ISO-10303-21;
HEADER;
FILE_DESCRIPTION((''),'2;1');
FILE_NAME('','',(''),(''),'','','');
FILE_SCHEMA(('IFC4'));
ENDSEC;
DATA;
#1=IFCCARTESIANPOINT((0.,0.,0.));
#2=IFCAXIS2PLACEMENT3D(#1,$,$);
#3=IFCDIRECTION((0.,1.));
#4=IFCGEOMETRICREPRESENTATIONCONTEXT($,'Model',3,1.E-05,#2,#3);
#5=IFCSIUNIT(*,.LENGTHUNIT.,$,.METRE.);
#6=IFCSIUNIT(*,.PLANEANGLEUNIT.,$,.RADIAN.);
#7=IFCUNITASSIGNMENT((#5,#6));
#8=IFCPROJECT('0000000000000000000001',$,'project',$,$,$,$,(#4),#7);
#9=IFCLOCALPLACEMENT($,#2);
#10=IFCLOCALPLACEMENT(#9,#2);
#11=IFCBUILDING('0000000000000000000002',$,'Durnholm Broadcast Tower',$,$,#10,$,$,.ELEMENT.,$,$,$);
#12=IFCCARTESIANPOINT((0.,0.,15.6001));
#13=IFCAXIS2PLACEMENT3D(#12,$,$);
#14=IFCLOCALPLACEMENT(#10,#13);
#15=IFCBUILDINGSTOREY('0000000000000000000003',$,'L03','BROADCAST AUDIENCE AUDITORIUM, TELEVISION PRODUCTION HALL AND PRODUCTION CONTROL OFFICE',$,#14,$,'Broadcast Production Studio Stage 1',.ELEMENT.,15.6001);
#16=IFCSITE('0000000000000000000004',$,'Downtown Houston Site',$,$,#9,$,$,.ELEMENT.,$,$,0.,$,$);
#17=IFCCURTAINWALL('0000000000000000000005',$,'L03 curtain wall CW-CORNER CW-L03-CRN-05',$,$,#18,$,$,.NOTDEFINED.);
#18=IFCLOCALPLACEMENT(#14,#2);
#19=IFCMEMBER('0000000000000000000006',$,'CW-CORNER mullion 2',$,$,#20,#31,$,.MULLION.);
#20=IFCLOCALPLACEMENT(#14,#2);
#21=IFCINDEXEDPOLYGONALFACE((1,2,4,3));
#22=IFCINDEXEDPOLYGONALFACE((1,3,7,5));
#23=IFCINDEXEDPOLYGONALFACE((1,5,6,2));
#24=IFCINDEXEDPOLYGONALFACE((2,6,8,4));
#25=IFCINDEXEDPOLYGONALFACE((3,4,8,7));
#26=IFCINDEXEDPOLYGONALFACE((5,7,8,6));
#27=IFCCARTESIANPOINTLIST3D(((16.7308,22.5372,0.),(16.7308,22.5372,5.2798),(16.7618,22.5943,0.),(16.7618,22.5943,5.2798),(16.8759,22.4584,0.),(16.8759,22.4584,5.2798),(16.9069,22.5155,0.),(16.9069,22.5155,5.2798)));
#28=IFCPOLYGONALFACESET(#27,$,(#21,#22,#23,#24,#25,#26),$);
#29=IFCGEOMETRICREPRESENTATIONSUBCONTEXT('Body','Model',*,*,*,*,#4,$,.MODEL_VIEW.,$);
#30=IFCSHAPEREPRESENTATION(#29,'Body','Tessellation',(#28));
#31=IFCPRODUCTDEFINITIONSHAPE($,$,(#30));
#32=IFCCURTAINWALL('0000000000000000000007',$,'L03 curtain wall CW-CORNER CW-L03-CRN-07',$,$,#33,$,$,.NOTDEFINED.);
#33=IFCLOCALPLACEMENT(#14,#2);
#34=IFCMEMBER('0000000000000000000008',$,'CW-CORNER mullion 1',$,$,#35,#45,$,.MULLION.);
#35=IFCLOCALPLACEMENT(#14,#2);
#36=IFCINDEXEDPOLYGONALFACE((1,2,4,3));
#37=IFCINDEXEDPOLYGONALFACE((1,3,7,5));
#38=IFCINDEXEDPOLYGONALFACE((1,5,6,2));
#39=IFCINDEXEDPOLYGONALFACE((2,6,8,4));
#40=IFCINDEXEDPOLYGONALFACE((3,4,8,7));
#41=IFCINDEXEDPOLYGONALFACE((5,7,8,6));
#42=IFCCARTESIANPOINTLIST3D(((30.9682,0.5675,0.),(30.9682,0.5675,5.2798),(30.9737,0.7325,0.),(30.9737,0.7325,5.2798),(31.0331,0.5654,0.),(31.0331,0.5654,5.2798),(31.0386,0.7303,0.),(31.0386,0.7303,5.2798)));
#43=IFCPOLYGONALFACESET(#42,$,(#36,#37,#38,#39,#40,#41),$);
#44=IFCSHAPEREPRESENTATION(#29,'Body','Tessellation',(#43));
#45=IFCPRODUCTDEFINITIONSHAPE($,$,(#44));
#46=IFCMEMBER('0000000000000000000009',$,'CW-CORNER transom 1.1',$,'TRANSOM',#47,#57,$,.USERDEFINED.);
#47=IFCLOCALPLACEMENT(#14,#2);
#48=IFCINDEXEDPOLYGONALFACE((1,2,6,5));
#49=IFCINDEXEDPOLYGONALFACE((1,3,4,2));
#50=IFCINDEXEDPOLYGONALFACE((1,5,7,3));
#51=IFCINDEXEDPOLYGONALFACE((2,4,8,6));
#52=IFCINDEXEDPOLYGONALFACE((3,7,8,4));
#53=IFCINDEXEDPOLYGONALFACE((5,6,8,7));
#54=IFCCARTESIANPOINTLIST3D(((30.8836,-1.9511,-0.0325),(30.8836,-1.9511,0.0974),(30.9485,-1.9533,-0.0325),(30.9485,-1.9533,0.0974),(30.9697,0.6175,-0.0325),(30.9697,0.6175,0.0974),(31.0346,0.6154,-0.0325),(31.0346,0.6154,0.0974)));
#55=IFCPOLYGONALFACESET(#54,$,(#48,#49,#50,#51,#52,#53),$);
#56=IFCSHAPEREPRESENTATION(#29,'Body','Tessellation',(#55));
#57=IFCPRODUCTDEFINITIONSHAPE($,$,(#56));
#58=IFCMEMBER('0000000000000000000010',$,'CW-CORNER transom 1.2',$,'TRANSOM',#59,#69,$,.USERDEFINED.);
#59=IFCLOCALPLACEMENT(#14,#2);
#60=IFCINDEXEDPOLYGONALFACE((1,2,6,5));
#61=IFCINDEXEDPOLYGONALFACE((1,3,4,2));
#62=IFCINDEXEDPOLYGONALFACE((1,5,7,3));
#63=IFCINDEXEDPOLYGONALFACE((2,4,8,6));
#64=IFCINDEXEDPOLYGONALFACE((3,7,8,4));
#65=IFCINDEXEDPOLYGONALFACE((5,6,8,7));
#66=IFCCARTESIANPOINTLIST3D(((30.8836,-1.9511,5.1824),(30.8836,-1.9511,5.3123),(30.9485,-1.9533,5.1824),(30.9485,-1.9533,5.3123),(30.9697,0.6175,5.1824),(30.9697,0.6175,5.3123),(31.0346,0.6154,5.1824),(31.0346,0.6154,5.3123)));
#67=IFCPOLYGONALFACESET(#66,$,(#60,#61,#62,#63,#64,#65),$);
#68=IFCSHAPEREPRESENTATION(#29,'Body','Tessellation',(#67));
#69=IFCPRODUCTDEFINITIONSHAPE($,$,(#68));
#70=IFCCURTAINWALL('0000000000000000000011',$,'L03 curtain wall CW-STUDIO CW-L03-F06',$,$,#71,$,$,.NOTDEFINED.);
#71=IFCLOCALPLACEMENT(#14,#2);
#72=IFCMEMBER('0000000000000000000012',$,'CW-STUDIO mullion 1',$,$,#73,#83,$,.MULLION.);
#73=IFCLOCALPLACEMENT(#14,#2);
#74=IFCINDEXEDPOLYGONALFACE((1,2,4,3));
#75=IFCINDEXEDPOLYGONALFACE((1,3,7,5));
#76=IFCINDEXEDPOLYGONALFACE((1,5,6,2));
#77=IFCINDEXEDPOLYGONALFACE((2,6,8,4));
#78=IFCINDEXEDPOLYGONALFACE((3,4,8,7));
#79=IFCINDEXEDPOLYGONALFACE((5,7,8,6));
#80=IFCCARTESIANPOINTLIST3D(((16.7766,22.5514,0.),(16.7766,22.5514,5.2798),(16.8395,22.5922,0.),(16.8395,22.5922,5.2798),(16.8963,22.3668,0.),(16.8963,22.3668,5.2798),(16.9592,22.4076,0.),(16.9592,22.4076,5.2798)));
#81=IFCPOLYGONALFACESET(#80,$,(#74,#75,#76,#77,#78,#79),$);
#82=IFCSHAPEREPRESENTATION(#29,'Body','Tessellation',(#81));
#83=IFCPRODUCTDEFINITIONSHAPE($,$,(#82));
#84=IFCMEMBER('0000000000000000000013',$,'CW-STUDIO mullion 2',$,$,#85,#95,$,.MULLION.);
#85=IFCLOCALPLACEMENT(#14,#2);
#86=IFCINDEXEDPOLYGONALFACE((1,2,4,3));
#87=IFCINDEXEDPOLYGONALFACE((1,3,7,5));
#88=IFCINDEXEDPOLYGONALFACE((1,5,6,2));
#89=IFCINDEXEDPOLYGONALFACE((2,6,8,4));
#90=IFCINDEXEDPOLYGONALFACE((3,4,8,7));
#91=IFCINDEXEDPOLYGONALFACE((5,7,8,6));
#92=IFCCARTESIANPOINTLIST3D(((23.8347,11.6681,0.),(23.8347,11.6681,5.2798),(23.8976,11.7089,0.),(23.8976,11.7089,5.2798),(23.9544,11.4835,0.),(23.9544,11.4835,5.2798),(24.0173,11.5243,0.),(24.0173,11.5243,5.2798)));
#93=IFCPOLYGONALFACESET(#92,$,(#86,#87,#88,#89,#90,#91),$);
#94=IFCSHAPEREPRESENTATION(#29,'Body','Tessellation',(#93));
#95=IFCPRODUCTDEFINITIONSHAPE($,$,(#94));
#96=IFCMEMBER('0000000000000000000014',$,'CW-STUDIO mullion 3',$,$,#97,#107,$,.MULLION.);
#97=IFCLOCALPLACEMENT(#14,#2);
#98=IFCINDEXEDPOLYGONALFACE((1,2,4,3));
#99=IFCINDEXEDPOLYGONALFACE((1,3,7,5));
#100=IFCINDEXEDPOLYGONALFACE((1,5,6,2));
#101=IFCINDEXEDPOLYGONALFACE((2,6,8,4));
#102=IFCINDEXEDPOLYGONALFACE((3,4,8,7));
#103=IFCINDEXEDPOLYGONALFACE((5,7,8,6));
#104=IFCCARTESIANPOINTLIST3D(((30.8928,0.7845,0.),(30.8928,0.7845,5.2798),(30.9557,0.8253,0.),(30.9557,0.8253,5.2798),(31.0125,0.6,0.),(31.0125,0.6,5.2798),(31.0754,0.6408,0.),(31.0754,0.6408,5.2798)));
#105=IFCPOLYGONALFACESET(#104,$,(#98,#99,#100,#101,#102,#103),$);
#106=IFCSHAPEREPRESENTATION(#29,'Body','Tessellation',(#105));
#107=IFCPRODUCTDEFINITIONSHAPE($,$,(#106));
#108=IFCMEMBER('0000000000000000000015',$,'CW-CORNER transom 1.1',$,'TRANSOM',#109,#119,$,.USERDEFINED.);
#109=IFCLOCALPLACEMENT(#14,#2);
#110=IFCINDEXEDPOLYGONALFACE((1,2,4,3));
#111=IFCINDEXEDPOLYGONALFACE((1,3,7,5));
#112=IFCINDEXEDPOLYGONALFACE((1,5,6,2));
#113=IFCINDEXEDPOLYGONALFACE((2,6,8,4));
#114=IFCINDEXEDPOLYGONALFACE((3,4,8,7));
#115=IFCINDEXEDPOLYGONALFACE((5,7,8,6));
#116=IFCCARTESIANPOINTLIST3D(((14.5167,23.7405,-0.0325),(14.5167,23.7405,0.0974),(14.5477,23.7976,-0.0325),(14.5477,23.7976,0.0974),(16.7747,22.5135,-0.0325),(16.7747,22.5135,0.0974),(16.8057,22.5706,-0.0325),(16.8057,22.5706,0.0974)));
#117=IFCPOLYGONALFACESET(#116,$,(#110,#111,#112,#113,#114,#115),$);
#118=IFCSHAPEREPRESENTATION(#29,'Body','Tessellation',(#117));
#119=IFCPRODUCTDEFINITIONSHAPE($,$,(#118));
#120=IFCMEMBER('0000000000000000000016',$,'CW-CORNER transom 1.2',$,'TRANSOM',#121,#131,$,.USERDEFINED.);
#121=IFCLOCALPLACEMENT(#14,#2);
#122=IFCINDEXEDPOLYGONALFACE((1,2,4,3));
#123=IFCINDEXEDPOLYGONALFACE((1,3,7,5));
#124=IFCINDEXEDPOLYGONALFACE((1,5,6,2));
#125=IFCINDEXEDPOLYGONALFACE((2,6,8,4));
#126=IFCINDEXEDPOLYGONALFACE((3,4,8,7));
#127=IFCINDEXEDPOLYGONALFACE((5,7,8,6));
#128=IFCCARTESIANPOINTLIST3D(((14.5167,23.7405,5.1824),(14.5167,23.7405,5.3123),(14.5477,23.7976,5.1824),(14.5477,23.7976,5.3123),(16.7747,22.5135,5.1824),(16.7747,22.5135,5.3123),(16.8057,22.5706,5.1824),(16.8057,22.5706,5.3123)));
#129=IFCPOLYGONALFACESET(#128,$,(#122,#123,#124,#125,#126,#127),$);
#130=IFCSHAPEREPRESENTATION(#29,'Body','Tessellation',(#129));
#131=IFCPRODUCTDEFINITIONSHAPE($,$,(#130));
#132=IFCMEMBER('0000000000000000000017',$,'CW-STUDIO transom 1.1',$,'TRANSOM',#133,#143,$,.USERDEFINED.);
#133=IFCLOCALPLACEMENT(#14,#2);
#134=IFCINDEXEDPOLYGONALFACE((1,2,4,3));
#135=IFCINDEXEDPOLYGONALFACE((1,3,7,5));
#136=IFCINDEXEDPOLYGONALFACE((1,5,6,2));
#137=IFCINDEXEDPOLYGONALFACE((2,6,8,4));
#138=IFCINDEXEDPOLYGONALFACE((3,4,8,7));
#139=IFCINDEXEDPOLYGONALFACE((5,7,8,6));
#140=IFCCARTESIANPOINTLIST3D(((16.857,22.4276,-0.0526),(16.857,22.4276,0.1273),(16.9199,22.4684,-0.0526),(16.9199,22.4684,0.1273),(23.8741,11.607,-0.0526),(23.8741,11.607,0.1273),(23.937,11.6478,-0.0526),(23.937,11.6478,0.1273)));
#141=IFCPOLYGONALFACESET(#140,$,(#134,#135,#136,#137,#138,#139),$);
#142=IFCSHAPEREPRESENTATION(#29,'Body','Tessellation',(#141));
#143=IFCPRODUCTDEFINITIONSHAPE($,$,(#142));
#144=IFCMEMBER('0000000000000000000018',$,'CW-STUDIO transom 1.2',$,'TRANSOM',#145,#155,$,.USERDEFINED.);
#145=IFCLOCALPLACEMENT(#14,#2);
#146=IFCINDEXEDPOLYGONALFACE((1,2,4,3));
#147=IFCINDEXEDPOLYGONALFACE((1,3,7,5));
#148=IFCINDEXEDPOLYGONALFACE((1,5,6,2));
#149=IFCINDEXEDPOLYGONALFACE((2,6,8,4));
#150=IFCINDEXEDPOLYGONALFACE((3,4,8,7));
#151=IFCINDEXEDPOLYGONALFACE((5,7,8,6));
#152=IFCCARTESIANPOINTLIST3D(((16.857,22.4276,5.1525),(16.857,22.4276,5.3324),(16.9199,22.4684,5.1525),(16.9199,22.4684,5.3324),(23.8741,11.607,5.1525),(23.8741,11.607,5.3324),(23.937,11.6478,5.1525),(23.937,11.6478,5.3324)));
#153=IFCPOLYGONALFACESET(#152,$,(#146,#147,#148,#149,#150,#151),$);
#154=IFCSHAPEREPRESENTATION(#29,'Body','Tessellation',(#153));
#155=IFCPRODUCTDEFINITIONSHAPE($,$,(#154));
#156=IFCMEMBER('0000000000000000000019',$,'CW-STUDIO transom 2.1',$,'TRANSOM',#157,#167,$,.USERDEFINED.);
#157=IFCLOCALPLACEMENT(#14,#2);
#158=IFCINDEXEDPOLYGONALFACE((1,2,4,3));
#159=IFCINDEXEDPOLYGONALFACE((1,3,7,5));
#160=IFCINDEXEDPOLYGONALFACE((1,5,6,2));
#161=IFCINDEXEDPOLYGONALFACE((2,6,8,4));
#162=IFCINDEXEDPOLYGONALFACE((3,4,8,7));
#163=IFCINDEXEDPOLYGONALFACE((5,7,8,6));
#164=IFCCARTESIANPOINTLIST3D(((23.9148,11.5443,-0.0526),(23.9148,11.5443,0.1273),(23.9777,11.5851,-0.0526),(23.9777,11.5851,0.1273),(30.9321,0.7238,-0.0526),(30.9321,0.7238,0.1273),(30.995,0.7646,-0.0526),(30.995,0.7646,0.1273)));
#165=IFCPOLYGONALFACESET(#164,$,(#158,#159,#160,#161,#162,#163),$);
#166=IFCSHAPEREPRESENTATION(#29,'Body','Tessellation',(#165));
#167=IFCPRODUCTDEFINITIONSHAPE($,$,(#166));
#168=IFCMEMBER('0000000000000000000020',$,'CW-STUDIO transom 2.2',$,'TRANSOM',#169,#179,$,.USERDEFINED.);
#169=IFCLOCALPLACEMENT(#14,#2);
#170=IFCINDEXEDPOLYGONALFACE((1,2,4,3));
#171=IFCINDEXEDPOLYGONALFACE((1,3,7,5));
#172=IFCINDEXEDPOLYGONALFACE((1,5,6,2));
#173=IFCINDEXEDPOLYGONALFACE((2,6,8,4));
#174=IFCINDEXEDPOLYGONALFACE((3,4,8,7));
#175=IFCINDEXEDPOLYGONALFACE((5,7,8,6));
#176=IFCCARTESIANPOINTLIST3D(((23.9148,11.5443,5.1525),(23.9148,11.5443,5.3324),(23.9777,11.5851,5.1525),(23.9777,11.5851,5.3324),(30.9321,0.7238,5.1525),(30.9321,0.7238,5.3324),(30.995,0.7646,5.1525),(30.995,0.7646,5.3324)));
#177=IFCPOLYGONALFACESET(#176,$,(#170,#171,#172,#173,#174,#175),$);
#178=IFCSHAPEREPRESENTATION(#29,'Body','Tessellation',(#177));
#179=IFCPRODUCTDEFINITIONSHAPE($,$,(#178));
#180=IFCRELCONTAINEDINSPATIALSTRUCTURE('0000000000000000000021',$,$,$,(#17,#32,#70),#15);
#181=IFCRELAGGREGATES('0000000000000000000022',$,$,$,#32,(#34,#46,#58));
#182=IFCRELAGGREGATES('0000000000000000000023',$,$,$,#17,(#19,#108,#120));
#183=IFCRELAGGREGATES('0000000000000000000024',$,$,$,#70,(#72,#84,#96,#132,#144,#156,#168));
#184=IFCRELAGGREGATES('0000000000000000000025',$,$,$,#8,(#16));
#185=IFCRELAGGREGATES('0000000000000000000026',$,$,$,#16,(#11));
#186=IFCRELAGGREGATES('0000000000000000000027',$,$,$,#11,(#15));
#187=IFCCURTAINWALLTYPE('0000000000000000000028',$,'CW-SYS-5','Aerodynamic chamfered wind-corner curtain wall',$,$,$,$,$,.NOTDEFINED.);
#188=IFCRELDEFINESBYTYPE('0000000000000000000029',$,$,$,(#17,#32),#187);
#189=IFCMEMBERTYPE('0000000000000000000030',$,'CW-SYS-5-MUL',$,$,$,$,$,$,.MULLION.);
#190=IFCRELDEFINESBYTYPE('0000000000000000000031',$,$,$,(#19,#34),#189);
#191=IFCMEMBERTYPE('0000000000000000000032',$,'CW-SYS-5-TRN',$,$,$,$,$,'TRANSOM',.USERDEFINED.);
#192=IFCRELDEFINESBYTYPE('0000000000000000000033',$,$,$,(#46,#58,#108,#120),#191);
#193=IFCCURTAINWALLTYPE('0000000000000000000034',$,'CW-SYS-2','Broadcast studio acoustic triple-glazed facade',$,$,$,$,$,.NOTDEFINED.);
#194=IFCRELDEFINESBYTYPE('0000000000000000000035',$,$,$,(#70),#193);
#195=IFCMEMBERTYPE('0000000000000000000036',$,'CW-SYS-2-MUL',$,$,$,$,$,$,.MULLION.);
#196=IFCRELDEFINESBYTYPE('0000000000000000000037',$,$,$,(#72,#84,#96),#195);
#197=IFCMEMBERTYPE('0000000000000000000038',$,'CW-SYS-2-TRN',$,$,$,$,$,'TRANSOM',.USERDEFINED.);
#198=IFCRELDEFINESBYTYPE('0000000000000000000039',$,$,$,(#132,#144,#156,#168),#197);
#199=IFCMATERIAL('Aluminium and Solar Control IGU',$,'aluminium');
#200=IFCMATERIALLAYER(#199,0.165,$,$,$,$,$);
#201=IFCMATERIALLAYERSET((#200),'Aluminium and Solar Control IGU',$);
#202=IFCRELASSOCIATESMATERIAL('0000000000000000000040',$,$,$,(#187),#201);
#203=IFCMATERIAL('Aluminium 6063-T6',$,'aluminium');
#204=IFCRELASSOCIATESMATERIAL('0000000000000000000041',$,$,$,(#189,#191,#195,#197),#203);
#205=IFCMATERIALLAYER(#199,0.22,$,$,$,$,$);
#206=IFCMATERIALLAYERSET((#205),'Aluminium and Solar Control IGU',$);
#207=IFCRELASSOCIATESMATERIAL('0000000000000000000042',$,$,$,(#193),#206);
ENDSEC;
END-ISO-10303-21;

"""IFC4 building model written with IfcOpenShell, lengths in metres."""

from ifc_helpers import new_model, si_unit, direction, frame, origin, origin_2d, place, context, subcontext, project, spatial, rectangle, extrude, source, transform, mapped, material, layer, layer_set, material_profile, profile_set, type_object, type_shapes, element, aggregate, save


model = new_model("IFC4")

# Units and contexts
model_context = context("Model", 3, precision=1e-05, world=origin(), true_north=direction((0.0, 1.0)))
body_context = subcontext(model_context, "Body", "Model", "MODEL_VIEW")
ifc_project = project(units=[si_unit("LENGTHUNIT", "METRE"), si_unit("PLANEANGLEUNIT", "RADIAN")], contexts=[model_context])

# Site, building, storey
site_placement = place(None, origin())
site = spatial("IfcSite", under=ifc_project, at=site_placement, Name="Downtown Houston Site", CompositionType="ELEMENT", RefElevation=0.0)
building_placement = place(site_placement, origin())
building = spatial("IfcBuilding", under=site, at=building_placement, Name="Durnholm Broadcast Tower", CompositionType="ELEMENT")
storey_placement = place(building_placement, frame((0.0, 0.0, 15.6001)))
storey = spatial("IfcBuildingStorey", under=building, at=storey_placement, Name="L03", Description="BROADCAST AUDIENCE AUDITORIUM, TELEVISION PRODUCTION HALL AND PRODUCTION CONTROL OFFICE", LongName="Broadcast Production Studio Stage 1", CompositionType="ELEMENT", Elevation=15.6001)

# Curtain walls, members
ifc_material_1 = material(Name="Aluminium and Solar Control IGU", Category="aluminium")
ifc_layer_1 = layer(ifc_material_1, 0.165)
ifc_layer_set_1 = layer_set([ifc_layer_1], Name="Aluminium and Solar Control IGU")
curtain_wall_type_1 = type_object("IfcCurtainWallType", Name="CW-SYS-5", Description="Aerodynamic chamfered wind-corner curtain wall", PredefinedType="NOTDEFINED", material=ifc_layer_set_1)
curtain_wall_1_placement = place(storey_placement, origin())
curtain_wall_1 = element("IfcCurtainWall", 1, at=curtain_wall_1_placement, inside=storey, type_object=curtain_wall_type_1, Name="L03 curtain wall CW-CORNER CW-L03-CRN-05", PredefinedType="NOTDEFINED")
ifc_material_2 = material(Name="Aluminium 6063-T6", Category="aluminium")
ifc_material_profile_1 = material_profile(ifc_material_2, rectangle(XDim=0.0649, YDim=0.165, at=origin_2d()), Name="CWM65X165")
ifc_profile_set_1 = profile_set([ifc_material_profile_1], Name="Aluminium 6063-T6")
member_type_1 = type_object("IfcMemberType", Name="CW-SYS-5-MUL", PredefinedType="MULLION", material=ifc_profile_set_1)
shared_shape_1 = source(origin(), body_context, "Body", "SweptSolid", [
    extrude(rectangle(XDim=0.0649, YDim=0.165, at=origin_2d()), origin(), (0.0, 0.0, 1.0), 5.2798),
])
type_shapes(member_type_1, [shared_shape_1])
member_1_placement = place(storey_placement, frame((16.8188, 22.5264, 0.0), z_axis=(0.0, 0.0, 1.0), x_axis=(0.477442, 0.878663, 0.0)))
member_1 = element("IfcMember", 2, at=member_1_placement, type_object=member_type_1, Name="CW-CORNER mullion 2", PredefinedType="MULLION", context=body_context, shape_type="MappedRepresentation", body=[
    mapped(shared_shape_1, transform((0.0, 0.0, 0.0), x_axis=(1.0, 0.0, 0.0), y_axis=(0.0, 1.0, 0.0), z_axis=(0.0, 0.0, 1.0), scale=1.0)),
])
curtain_wall_2_placement = place(storey_placement, origin())
curtain_wall_2 = element("IfcCurtainWall", 3, at=curtain_wall_2_placement, inside=storey, type_object=curtain_wall_type_1, Name="L03 curtain wall CW-CORNER CW-L03-CRN-07", PredefinedType="NOTDEFINED")
member_2_placement = place(storey_placement, frame((31.0034, 0.6489, 0.0), z_axis=(0.0, 0.0, 1.0), x_axis=(0.999437, -0.033557, 0.0)))
member_2 = element("IfcMember", 4, at=member_2_placement, type_object=member_type_1, Name="CW-CORNER mullion 1", PredefinedType="MULLION", context=body_context, shape_type="MappedRepresentation", body=[
    mapped(shared_shape_1, transform((0.0, 0.0, 0.0), x_axis=(1.0, 0.0, 0.0), y_axis=(0.0, 1.0, 0.0), z_axis=(0.0, 0.0, 1.0), scale=1.0)),
])
ifc_material_profile_2 = material_profile(ifc_material_2, rectangle(XDim=0.0649, YDim=0.1299, at=origin_2d()), Name="CWT65X130")
ifc_profile_set_2 = profile_set([ifc_material_profile_2], Name="Aluminium 6063-T6")
member_type_2 = type_object("IfcMemberType", Name="CW-SYS-5-TRN", ElementType="TRANSOM", PredefinedType="USERDEFINED", material=ifc_profile_set_2)
shared_shape_2 = source(origin(), body_context, "Body", "SweptSolid", [
    extrude(rectangle(XDim=0.0649, YDim=0.1299, at=origin_2d()), origin(), (0.0, 0.0, 1.0), 2.5701),
])
member_3_placement = place(storey_placement, frame((31.0022, 0.6165, 0.0325), z_axis=(-0.033533, -0.999438, 0.0), x_axis=(0.999438, -0.033533, 0.0)))
member_3 = element("IfcMember", 5, at=member_3_placement, type_object=member_type_2, Name="CW-CORNER transom 1.1", ObjectType="TRANSOM", PredefinedType="USERDEFINED", context=body_context, shape_type="MappedRepresentation", body=[
    mapped(shared_shape_2, transform((0.0, 0.0, 0.0), x_axis=(1.0, 0.0, 0.0), y_axis=(0.0, 1.0, 0.0), z_axis=(0.0, 0.0, 1.0), scale=1.0)),
])
member_4_placement = place(storey_placement, frame((31.0022, 0.6165, 5.2473), z_axis=(-0.033533, -0.999438, 0.0), x_axis=(0.999438, -0.033533, 0.0)))
member_4 = element("IfcMember", 6, at=member_4_placement, type_object=member_type_2, Name="CW-CORNER transom 1.2", ObjectType="TRANSOM", PredefinedType="USERDEFINED", context=body_context, shape_type="MappedRepresentation", body=[
    mapped(shared_shape_2, transform((0.0, 0.0, 0.0), x_axis=(1.0, 0.0, 0.0), y_axis=(0.0, 1.0, 0.0), z_axis=(0.0, 0.0, 1.0), scale=1.0)),
])
aggregate(curtain_wall_2, [member_2, member_3, member_4])
ifc_layer_2 = layer(ifc_material_1, 0.22)
ifc_layer_set_2 = layer_set([ifc_layer_2], Name="Aluminium and Solar Control IGU")
curtain_wall_type_2 = type_object("IfcCurtainWallType", Name="CW-SYS-2", Description="Broadcast studio acoustic triple-glazed facade", PredefinedType="NOTDEFINED", material=ifc_layer_set_2)
curtain_wall_3_placement = place(storey_placement, origin())
curtain_wall_3 = element("IfcCurtainWall", 7, at=curtain_wall_3_placement, inside=storey, type_object=curtain_wall_type_2, Name="L03 curtain wall CW-STUDIO CW-L03-F06", PredefinedType="NOTDEFINED")
ifc_material_profile_3 = material_profile(ifc_material_2, rectangle(XDim=0.075, YDim=0.22, at=origin_2d()), Name="CWM75X220")
ifc_profile_set_3 = profile_set([ifc_material_profile_3], Name="Aluminium 6063-T6")
member_type_3 = type_object("IfcMemberType", Name="CW-SYS-2-MUL", PredefinedType="MULLION", material=ifc_profile_set_3)
shared_shape_3 = source(origin(), body_context, "Body", "SweptSolid", [
    extrude(rectangle(XDim=0.075, YDim=0.22, at=origin_2d()), origin(), (0.0, 0.0, 1.0), 5.2798),
])
type_shapes(member_type_3, [shared_shape_3])
member_5_placement = place(storey_placement, frame((16.8679, 22.4795, 0.0), z_axis=(0.0, 0.0, 1.0), x_axis=(0.839009, 0.544117, 0.0)))
member_5 = element("IfcMember", 8, at=member_5_placement, type_object=member_type_3, Name="CW-STUDIO mullion 1", PredefinedType="MULLION", context=body_context, shape_type="MappedRepresentation", body=[
    mapped(shared_shape_3, transform((0.0, 0.0, 0.0), x_axis=(1.0, 0.0, 0.0), y_axis=(0.0, 1.0, 0.0), z_axis=(0.0, 0.0, 1.0), scale=1.0)),
])
member_6_placement = place(storey_placement, frame((23.926, 11.5962, 0.0), z_axis=(0.0, 0.0, 1.0), x_axis=(0.839009, 0.544117, 0.0)))
member_6 = element("IfcMember", 9, at=member_6_placement, type_object=member_type_3, Name="CW-STUDIO mullion 2", PredefinedType="MULLION", context=body_context, shape_type="MappedRepresentation", body=[
    mapped(shared_shape_3, transform((0.0, 0.0, 0.0), x_axis=(1.0, 0.0, 0.0), y_axis=(0.0, 1.0, 0.0), z_axis=(0.0, 0.0, 1.0), scale=1.0)),
])
member_7_placement = place(storey_placement, frame((30.9841, 0.7126, 0.0), z_axis=(0.0, 0.0, 1.0), x_axis=(0.839009, 0.544117, 0.0)))
member_7 = element("IfcMember", 10, at=member_7_placement, type_object=member_type_3, Name="CW-STUDIO mullion 3", PredefinedType="MULLION", context=body_context, shape_type="MappedRepresentation", body=[
    mapped(shared_shape_3, transform((0.0, 0.0, 0.0), x_axis=(1.0, 0.0, 0.0), y_axis=(0.0, 1.0, 0.0), z_axis=(0.0, 0.0, 1.0), scale=1.0)),
])

# Members
shared_shape_4 = source(origin(), body_context, "Body", "SweptSolid", [
    extrude(rectangle(XDim=0.0649, YDim=0.1299, at=origin_2d()), origin(), (0.0, 0.0, 1.0), 2.5698),
])
type_shapes(member_type_2, [shared_shape_2, shared_shape_4])
member_8_placement = place(storey_placement, frame((14.5322, 23.769, 0.0325), z_axis=(0.87865, -0.477467, 0.0), x_axis=(0.477467, 0.87865, 0.0)))
member_8 = element("IfcMember", 11, at=member_8_placement, type_object=member_type_2, Name="CW-CORNER transom 1.1", ObjectType="TRANSOM", PredefinedType="USERDEFINED", context=body_context, shape_type="MappedRepresentation", body=[
    mapped(shared_shape_4, transform((0.0, 0.0, 0.0), x_axis=(1.0, 0.0, 0.0), y_axis=(0.0, 1.0, 0.0), z_axis=(0.0, 0.0, 1.0), scale=1.0)),
])
member_9_placement = place(storey_placement, frame((14.5322, 23.769, 5.2473), z_axis=(0.87865, -0.477467, 0.0), x_axis=(0.477467, 0.87865, 0.0)))
member_9 = element("IfcMember", 12, at=member_9_placement, type_object=member_type_2, Name="CW-CORNER transom 1.2", ObjectType="TRANSOM", PredefinedType="USERDEFINED", context=body_context, shape_type="MappedRepresentation", body=[
    mapped(shared_shape_4, transform((0.0, 0.0, 0.0), x_axis=(1.0, 0.0, 0.0), y_axis=(0.0, 1.0, 0.0), z_axis=(0.0, 0.0, 1.0), scale=1.0)),
])
ifc_material_profile_4 = material_profile(ifc_material_2, rectangle(XDim=0.075, YDim=0.1799, at=origin_2d()), Name="CWT75X180")
ifc_profile_set_4 = profile_set([ifc_material_profile_4], Name="Aluminium 6063-T6")
member_type_4 = type_object("IfcMemberType", Name="CW-SYS-2-TRN", ElementType="TRANSOM", PredefinedType="USERDEFINED", material=ifc_profile_set_4)
shared_shape_5 = source(origin(), body_context, "Body", "SweptSolid", [
    extrude(rectangle(XDim=0.075, YDim=0.1799, at=origin_2d()), origin(), (0.0, 0.0, 1.0), 12.8967),
])
type_shapes(member_type_4, [shared_shape_5])
member_10_placement = place(storey_placement, frame((16.8884, 22.448, 0.0374), z_axis=(0.544101, -0.83902, 0.0), x_axis=(0.83902, 0.544101, 0.0)))
member_10 = element("IfcMember", 13, at=member_10_placement, type_object=member_type_4, Name="CW-STUDIO transom 1.1", ObjectType="TRANSOM", PredefinedType="USERDEFINED", context=body_context, shape_type="MappedRepresentation", body=[
    mapped(shared_shape_5, transform((0.0, 0.0, 0.0), x_axis=(1.0, 0.0, 0.0), y_axis=(0.0, 1.0, 0.0), z_axis=(0.0, 0.0, 1.0), scale=1.0)),
])
member_11_placement = place(storey_placement, frame((16.8884, 22.448, 5.2424), z_axis=(0.544101, -0.83902, 0.0), x_axis=(0.83902, 0.544101, 0.0)))
member_11 = element("IfcMember", 14, at=member_11_placement, type_object=member_type_4, Name="CW-STUDIO transom 1.2", ObjectType="TRANSOM", PredefinedType="USERDEFINED", context=body_context, shape_type="MappedRepresentation", body=[
    mapped(shared_shape_5, transform((0.0, 0.0, 0.0), x_axis=(1.0, 0.0, 0.0), y_axis=(0.0, 1.0, 0.0), z_axis=(0.0, 0.0, 1.0), scale=1.0)),
])
member_12_placement = place(storey_placement, frame((23.9463, 11.5647, 0.0374), z_axis=(0.544114, -0.839011, 0.0), x_axis=(0.839011, 0.544114, 0.0)))
member_12 = element("IfcMember", 15, at=member_12_placement, type_object=member_type_4, Name="CW-STUDIO transom 2.1", ObjectType="TRANSOM", PredefinedType="USERDEFINED", context=body_context, shape_type="MappedRepresentation", body=[
    mapped(shared_shape_5, transform((0.0, 0.0, 0.0), x_axis=(1.0, 0.0, 0.0), y_axis=(0.0, 1.0, 0.0), z_axis=(0.0, 0.0, 1.0), scale=1.0)),
])
member_13_placement = place(storey_placement, frame((23.9463, 11.5647, 5.2424), z_axis=(0.544114, -0.839011, 0.0), x_axis=(0.839011, 0.544114, 0.0)))
member_13 = element("IfcMember", 16, at=member_13_placement, type_object=member_type_4, Name="CW-STUDIO transom 2.2", ObjectType="TRANSOM", PredefinedType="USERDEFINED", context=body_context, shape_type="MappedRepresentation", body=[
    mapped(shared_shape_5, transform((0.0, 0.0, 0.0), x_axis=(1.0, 0.0, 0.0), y_axis=(0.0, 1.0, 0.0), z_axis=(0.0, 0.0, 1.0), scale=1.0)),
])

aggregate(curtain_wall_1, [member_1, member_8, member_9])
aggregate(curtain_wall_3, [member_5, member_6, member_7, member_10, member_11, member_12, member_13])

save(model, "model.ifc")
